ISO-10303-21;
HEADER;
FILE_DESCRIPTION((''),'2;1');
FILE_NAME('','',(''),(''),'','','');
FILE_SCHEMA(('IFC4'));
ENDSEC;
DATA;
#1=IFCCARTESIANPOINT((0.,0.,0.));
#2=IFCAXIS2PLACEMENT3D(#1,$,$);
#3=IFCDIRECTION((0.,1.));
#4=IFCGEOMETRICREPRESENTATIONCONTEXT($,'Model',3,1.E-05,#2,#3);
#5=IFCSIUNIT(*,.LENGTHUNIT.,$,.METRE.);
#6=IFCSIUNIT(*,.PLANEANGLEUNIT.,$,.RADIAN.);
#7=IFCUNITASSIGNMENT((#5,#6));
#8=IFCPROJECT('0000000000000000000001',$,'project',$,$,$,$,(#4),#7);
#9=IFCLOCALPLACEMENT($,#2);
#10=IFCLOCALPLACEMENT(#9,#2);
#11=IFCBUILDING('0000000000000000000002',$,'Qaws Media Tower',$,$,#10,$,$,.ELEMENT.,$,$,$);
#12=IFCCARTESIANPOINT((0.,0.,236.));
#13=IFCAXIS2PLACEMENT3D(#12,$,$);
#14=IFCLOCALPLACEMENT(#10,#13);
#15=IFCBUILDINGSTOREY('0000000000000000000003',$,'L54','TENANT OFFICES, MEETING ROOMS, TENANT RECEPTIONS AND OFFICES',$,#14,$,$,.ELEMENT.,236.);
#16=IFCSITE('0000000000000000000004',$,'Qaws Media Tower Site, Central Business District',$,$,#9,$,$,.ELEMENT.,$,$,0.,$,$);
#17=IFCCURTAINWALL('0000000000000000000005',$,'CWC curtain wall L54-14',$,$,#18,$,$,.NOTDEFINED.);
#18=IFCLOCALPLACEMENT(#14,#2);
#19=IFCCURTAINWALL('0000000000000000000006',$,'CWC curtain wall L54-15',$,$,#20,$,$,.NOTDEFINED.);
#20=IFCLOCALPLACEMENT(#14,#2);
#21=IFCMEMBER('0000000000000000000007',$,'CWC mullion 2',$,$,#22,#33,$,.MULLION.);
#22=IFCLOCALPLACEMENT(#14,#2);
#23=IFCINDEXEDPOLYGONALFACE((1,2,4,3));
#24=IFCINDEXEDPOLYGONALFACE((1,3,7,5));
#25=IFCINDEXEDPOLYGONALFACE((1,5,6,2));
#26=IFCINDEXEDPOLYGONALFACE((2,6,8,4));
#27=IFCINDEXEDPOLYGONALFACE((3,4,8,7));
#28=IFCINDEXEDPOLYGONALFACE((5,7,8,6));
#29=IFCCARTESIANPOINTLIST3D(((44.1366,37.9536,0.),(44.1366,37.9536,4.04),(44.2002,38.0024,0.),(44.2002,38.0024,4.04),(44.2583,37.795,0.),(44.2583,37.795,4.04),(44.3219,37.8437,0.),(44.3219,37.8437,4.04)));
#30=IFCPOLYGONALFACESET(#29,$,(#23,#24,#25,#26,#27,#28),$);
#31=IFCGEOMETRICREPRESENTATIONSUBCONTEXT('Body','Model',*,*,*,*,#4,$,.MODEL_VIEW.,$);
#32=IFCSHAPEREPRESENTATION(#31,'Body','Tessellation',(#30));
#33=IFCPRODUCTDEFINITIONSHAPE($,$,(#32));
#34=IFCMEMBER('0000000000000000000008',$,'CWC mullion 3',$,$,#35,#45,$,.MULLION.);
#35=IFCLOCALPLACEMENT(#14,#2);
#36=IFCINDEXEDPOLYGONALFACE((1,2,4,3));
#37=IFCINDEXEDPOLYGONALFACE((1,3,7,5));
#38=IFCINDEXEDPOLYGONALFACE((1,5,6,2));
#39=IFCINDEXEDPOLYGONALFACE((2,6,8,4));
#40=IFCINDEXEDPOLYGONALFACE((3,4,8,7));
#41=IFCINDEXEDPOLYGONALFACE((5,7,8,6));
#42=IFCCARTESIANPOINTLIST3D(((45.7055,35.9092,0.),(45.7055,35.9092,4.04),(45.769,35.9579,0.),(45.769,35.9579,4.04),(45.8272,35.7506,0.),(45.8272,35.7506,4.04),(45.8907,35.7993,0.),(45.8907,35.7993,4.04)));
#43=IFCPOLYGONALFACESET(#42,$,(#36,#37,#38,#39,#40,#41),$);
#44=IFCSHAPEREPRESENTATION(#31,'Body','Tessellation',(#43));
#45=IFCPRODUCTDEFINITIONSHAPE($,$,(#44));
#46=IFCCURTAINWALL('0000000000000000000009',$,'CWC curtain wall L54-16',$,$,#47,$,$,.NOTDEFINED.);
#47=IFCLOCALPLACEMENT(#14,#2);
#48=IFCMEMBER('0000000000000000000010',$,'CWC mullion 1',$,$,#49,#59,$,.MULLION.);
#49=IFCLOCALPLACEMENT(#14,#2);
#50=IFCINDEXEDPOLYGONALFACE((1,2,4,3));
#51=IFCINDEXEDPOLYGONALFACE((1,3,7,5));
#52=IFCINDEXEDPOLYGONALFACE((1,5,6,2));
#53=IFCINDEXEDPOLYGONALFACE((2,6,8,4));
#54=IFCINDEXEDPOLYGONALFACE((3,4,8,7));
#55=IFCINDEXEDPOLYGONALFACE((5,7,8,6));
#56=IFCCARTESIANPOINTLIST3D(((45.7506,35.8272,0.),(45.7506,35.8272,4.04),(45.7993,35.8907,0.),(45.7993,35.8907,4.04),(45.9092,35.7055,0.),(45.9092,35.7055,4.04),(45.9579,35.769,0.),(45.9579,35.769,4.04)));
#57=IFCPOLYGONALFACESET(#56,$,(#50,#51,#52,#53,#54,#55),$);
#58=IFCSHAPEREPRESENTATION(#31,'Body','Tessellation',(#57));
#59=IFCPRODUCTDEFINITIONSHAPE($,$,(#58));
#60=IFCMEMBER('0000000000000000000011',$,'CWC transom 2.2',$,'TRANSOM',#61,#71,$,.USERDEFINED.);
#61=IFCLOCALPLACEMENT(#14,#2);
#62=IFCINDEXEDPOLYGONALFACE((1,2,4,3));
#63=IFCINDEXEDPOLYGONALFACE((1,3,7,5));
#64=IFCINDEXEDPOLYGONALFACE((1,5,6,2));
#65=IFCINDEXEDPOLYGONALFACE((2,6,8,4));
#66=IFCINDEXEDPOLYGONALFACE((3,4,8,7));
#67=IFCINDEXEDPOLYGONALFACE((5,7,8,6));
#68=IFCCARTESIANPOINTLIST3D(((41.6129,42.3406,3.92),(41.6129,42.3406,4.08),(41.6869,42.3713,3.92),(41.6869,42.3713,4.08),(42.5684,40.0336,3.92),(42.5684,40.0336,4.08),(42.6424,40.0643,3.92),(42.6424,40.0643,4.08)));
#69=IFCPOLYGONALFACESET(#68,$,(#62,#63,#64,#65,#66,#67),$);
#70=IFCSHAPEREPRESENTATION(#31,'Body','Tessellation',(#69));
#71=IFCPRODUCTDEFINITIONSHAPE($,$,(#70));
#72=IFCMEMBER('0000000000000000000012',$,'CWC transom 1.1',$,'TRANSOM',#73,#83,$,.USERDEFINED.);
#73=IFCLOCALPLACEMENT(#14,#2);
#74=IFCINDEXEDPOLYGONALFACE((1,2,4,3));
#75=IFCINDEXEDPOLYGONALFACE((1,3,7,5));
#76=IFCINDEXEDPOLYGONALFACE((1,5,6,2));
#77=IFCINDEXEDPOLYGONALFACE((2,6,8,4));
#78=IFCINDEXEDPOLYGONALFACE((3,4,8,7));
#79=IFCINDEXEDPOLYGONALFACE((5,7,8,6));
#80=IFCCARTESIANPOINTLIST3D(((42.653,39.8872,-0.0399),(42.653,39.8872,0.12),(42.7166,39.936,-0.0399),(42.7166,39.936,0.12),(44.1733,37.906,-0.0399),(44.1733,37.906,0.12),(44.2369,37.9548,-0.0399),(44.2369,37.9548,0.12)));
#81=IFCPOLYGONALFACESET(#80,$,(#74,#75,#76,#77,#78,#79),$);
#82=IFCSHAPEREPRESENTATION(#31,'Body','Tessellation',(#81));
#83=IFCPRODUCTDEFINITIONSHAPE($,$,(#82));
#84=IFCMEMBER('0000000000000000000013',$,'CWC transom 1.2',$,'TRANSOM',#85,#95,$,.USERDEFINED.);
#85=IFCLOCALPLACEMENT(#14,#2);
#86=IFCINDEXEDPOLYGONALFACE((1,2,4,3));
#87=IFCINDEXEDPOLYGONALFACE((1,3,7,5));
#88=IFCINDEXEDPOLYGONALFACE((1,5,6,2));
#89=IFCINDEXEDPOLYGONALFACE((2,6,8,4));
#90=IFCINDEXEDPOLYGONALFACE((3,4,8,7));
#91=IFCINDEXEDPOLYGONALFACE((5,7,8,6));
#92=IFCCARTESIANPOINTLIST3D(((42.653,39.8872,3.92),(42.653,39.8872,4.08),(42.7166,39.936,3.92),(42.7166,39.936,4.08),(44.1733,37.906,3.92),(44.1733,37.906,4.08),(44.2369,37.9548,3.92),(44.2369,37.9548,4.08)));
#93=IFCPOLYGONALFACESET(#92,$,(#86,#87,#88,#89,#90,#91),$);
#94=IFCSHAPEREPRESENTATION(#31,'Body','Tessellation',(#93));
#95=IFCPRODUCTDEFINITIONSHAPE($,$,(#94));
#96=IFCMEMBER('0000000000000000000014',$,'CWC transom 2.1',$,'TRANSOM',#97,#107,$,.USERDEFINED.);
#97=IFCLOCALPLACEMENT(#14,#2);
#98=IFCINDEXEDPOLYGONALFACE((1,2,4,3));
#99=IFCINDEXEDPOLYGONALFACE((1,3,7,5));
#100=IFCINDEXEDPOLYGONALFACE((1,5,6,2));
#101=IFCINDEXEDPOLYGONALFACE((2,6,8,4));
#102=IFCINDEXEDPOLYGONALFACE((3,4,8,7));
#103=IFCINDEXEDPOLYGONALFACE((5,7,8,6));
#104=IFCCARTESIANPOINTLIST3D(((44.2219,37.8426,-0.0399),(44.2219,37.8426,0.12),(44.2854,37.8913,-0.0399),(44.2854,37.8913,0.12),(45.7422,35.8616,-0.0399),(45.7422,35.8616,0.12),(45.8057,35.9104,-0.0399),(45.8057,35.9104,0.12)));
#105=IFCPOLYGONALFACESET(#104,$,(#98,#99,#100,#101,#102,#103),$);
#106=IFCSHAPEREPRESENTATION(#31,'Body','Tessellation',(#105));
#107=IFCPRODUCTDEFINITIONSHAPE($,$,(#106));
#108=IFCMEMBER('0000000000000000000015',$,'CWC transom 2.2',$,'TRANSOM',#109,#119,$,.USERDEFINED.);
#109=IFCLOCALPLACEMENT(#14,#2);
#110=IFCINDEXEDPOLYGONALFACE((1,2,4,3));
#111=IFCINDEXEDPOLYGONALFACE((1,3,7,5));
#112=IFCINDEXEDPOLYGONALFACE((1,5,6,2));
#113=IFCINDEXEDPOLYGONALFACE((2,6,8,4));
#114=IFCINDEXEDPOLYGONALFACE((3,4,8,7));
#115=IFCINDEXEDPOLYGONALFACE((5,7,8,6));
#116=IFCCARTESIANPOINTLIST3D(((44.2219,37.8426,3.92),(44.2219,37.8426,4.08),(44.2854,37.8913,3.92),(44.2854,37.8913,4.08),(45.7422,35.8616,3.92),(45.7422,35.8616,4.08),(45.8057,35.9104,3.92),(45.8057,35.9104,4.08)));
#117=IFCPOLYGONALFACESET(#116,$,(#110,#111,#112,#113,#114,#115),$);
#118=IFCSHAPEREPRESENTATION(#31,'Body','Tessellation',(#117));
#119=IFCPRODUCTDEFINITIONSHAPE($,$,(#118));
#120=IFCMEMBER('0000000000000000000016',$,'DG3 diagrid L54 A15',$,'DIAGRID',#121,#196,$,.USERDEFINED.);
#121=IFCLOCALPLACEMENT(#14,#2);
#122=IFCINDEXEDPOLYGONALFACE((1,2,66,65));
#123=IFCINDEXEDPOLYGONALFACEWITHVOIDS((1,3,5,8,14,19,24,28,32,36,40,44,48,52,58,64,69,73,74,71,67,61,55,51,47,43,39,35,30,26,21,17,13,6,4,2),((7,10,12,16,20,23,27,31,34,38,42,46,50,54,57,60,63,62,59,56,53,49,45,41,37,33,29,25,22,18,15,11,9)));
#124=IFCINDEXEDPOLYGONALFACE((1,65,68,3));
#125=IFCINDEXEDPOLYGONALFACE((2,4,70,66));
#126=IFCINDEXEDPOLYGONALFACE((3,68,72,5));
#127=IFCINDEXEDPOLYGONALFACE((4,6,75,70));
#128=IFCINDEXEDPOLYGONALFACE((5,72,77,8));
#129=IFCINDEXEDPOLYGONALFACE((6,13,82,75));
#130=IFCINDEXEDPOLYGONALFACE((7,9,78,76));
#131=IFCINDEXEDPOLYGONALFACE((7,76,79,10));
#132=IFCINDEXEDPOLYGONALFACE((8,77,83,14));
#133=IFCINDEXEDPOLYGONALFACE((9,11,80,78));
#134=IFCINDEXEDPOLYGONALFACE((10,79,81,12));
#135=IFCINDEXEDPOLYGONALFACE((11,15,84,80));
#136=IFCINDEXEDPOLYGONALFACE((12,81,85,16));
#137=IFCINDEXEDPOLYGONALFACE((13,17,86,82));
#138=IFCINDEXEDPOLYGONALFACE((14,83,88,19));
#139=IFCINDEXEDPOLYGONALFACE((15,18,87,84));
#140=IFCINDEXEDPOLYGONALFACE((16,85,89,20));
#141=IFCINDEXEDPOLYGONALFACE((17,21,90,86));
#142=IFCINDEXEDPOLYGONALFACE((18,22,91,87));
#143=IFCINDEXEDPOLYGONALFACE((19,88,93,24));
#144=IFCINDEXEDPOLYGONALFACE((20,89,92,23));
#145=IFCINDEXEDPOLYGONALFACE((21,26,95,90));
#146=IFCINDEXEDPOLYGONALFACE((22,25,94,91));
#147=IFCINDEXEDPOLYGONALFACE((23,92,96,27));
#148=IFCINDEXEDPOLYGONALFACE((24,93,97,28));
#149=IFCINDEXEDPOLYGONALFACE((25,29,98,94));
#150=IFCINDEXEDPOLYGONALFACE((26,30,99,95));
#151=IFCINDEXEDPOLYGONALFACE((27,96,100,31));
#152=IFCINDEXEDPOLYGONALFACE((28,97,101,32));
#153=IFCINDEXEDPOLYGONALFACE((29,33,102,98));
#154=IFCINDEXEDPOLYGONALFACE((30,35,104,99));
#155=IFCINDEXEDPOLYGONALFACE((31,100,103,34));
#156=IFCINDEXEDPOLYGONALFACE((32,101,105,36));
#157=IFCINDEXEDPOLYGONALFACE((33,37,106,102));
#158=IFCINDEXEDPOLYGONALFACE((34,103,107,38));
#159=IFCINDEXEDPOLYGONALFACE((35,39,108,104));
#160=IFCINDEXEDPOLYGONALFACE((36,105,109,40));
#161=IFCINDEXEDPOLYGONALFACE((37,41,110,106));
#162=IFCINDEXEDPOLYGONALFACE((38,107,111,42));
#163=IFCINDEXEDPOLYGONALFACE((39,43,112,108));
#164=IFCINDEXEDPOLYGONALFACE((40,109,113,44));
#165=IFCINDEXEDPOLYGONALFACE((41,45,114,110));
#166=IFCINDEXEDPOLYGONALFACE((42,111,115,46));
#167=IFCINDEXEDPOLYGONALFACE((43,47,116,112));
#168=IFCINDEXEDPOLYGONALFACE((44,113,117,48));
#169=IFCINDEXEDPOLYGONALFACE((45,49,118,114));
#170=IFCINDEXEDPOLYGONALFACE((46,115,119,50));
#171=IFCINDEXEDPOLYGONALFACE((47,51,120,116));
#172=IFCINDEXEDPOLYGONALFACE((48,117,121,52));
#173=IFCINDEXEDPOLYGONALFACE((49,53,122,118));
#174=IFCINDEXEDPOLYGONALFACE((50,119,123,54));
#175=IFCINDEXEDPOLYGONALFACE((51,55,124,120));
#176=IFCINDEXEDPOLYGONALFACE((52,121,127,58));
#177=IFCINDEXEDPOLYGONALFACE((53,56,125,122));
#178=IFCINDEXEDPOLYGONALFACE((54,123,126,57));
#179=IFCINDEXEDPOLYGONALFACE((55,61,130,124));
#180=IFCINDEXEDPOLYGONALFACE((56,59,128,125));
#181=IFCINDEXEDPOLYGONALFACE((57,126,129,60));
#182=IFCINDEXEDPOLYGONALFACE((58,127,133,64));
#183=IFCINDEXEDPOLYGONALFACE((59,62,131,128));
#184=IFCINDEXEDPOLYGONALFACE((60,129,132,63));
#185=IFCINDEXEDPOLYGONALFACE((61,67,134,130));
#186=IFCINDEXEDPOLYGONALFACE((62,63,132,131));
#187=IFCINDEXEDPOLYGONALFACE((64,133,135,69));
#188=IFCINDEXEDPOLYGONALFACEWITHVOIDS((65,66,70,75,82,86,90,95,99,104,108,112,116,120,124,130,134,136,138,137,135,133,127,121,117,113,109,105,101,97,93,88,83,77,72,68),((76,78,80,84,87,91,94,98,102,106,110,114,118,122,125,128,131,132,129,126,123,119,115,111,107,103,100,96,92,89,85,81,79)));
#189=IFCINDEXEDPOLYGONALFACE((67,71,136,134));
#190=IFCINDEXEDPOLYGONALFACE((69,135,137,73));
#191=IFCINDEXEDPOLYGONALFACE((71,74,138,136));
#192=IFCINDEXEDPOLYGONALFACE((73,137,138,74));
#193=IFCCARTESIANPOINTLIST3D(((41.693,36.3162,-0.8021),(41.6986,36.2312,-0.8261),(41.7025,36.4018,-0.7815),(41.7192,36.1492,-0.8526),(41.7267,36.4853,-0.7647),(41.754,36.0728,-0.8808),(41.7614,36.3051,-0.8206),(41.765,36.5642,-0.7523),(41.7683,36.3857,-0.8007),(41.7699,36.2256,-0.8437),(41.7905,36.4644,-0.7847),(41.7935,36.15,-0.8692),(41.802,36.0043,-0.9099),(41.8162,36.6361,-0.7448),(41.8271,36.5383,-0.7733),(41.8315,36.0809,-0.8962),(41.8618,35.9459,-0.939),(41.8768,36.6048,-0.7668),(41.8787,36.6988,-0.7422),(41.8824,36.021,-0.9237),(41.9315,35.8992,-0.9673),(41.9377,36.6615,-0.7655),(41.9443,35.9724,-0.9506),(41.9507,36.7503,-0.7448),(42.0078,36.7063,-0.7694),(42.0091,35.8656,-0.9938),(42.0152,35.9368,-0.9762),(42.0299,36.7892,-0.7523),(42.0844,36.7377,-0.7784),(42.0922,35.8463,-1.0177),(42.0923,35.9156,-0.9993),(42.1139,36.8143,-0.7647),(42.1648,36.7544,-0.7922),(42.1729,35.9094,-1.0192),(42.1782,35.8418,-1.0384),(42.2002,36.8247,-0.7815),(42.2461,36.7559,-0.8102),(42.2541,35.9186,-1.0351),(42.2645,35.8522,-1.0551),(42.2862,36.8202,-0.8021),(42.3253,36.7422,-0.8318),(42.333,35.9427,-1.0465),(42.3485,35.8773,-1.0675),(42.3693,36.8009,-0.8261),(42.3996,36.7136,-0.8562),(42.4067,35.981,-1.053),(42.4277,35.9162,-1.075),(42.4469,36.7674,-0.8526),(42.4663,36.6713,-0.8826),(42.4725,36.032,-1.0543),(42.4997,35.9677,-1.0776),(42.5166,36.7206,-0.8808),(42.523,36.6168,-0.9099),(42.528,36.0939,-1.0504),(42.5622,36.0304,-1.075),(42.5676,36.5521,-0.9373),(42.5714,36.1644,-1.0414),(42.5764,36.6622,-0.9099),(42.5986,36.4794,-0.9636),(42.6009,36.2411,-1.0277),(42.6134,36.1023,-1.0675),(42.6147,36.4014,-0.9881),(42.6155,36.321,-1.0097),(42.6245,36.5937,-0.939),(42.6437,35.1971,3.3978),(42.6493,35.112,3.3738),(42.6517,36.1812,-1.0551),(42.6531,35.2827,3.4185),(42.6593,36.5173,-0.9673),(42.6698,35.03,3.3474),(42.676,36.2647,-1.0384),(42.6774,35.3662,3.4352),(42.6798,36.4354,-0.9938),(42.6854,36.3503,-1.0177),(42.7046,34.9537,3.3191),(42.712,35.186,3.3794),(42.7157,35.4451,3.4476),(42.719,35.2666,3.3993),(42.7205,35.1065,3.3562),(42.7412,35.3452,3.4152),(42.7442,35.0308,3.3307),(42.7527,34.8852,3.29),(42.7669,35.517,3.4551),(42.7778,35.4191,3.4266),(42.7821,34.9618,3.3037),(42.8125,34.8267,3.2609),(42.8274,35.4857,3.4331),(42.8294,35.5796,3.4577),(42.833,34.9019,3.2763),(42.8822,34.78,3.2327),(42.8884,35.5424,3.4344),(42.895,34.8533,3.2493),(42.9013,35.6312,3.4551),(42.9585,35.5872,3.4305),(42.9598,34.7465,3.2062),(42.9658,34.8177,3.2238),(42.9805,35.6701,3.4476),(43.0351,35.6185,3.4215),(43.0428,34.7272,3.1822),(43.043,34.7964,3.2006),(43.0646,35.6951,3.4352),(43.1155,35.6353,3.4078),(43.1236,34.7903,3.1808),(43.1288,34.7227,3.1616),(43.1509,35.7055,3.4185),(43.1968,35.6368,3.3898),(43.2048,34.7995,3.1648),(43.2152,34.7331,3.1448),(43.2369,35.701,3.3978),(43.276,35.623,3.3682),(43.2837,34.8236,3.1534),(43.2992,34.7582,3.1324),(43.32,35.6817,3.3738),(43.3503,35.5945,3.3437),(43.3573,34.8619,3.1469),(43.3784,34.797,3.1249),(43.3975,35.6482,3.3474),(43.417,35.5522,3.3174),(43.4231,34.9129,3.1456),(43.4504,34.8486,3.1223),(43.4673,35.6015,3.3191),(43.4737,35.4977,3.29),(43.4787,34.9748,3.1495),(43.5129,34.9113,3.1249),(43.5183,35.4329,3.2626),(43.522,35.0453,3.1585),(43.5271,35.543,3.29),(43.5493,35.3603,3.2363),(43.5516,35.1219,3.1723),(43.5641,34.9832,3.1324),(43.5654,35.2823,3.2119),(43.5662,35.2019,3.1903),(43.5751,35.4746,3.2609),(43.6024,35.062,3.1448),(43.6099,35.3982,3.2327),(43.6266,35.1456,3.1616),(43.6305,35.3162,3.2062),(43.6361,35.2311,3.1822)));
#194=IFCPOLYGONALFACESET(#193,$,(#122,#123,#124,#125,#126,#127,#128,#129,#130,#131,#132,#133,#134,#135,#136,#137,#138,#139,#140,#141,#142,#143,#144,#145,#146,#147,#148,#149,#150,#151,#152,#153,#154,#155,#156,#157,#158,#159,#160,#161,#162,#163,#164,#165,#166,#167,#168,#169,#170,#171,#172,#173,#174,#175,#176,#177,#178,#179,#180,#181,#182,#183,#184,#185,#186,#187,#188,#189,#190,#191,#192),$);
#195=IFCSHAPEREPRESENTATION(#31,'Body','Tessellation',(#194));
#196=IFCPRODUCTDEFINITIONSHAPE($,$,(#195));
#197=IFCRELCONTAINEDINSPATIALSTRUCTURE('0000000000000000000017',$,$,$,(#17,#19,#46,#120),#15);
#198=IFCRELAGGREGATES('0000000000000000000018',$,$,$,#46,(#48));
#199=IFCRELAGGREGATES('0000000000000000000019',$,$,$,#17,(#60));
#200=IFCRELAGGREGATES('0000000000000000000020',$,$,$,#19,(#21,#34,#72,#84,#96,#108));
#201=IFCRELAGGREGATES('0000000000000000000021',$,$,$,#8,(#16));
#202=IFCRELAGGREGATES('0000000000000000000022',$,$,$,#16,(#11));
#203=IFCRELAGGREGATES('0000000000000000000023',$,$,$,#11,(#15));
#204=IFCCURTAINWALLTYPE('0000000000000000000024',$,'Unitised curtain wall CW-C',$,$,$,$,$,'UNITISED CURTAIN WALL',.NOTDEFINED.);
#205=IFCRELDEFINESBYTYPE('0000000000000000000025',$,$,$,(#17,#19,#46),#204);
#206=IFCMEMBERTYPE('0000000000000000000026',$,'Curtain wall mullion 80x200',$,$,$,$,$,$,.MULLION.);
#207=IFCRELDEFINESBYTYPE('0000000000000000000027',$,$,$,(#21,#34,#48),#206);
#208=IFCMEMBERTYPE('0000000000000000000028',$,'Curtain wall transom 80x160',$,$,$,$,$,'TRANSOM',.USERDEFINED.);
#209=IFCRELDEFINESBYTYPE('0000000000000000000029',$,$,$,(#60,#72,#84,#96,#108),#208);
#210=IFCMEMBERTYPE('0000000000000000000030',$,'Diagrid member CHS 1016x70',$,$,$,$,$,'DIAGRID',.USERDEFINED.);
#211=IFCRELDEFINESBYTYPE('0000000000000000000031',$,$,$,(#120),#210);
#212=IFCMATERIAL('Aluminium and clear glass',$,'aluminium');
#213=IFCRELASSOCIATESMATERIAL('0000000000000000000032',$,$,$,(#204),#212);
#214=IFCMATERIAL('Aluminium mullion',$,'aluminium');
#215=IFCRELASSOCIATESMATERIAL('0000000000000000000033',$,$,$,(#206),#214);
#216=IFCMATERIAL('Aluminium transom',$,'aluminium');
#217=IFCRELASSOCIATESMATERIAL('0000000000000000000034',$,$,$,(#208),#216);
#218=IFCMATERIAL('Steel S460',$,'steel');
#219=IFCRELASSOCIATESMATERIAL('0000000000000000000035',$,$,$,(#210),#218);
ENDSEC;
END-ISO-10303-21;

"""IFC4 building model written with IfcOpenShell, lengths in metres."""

from ifc_helpers import new_model, si_unit, direction, frame, origin, origin_2d, place, context, subcontext, project, spatial, rectangle, hollow_circle, extrude, material, material_profile, profile_set, type_object, element, aggregate, save


model = new_model("IFC4")

# Units and contexts
model_context = context("Model", 3, precision=1e-05, world=origin(), true_north=direction((0.0, 1.0)))
body_context = subcontext(model_context, "Body", "Model", "MODEL_VIEW")
ifc_project = project(units=[si_unit("LENGTHUNIT", "METRE"), si_unit("PLANEANGLEUNIT", "RADIAN")], contexts=[model_context])

# Site, building, storey
site_placement = place(None, origin())
site = spatial("IfcSite", under=ifc_project, at=site_placement, Name="Qaws Media Tower Site, Central Business District", CompositionType="ELEMENT", RefElevation=0.0)
building_placement = place(site_placement, origin())
building = spatial("IfcBuilding", under=site, at=building_placement, Name="Qaws Media Tower", CompositionType="ELEMENT")
storey_placement = place(building_placement, frame((0.0, 0.0, 236.0)))
storey = spatial("IfcBuildingStorey", under=building, at=storey_placement, Name="L54", Description="TENANT OFFICES, MEETING ROOMS, TENANT RECEPTIONS AND OFFICES", CompositionType="ELEMENT", Elevation=236.0)

# Curtain wall
ifc_material_1 = material(Name="Aluminium and clear glass", Category="aluminium")
curtain_wall_type = type_object("IfcCurtainWallType", Name="Unitised curtain wall CW-C", ElementType="UNITISED CURTAIN WALL", PredefinedType="NOTDEFINED", material=ifc_material_1)
curtain_wall_1_placement = place(storey_placement, origin())
curtain_wall_1 = element("IfcCurtainWall", 1, at=curtain_wall_1_placement, inside=storey, type_object=curtain_wall_type, Name="CWC curtain wall L54-14", PredefinedType="NOTDEFINED")
ifc_material_2 = material(Name="Aluminium mullion", Category="aluminium")
ifc_material_profile_1 = material_profile(ifc_material_2, rectangle(XDim=0.0801, YDim=0.2, at=origin_2d()), Name="80x200")
ifc_profile_set_1 = profile_set([ifc_material_profile_1], Name="Aluminium mullion")
member_type_1 = type_object("IfcMemberType", Name="Curtain wall mullion 80x200", PredefinedType="MULLION", material=ifc_profile_set_1)

# Curtain wall, members
curtain_wall_2_placement = place(storey_placement, origin())
curtain_wall_2 = element("IfcCurtainWall", 2, at=curtain_wall_2_placement, inside=storey, type_object=curtain_wall_type, Name="CWC curtain wall L54-15", PredefinedType="NOTDEFINED")
member_1_placement = place(storey_placement, frame((44.2292, 37.8987, 0.0), z_axis=(0.0, 0.0, 1.0), x_axis=(0.793353, 0.608761, 0.0)))
member_1 = element("IfcMember", 3, at=member_1_placement, type_object=member_type_1, Name="CWC mullion 2", PredefinedType="MULLION", context=body_context, shape_type="SweptSolid", body=[
    extrude(rectangle(XDim=0.0801, YDim=0.2, at=origin_2d()), origin(), (0.0, 0.0, 1.0), 4.04),
])
member_2_placement = place(storey_placement, frame((45.7981, 35.8542, 0.0), z_axis=(0.0, 0.0, 1.0), x_axis=(0.793353, 0.608761, 0.0)))
member_2 = element("IfcMember", 4, at=member_2_placement, type_object=member_type_1, Name="CWC mullion 3", PredefinedType="MULLION", context=body_context, shape_type="SweptSolid", body=[
    extrude(rectangle(XDim=0.0801, YDim=0.2, at=origin_2d()), origin(), (0.0, 0.0, 1.0), 4.04),
])

# Curtain wall, member
curtain_wall_3_placement = place(storey_placement, origin())
curtain_wall_3 = element("IfcCurtainWall", 5, at=curtain_wall_3_placement, inside=storey, type_object=curtain_wall_type, Name="CWC curtain wall L54-16", PredefinedType="NOTDEFINED")
member_3_placement = place(storey_placement, frame((45.8542, 35.7981, 0.0), z_axis=(0.0, 0.0, 1.0), x_axis=(0.608761, 0.793353, 0.0)))
member_3 = element("IfcMember", 6, at=member_3_placement, type_object=member_type_1, Name="CWC mullion 1", PredefinedType="MULLION", context=body_context, shape_type="SweptSolid", body=[
    extrude(rectangle(XDim=0.0801, YDim=0.2, at=origin_2d()), origin(), (0.0, 0.0, 1.0), 4.04),
])
aggregate(curtain_wall_3, [member_3])

# Members
ifc_material_3 = material(Name="Aluminium transom", Category="aluminium")
ifc_material_profile_2 = material_profile(ifc_material_3, rectangle(XDim=0.0801, YDim=0.1599, at=origin_2d()), Name="80x160")
ifc_profile_set_2 = profile_set([ifc_material_profile_2], Name="Aluminium transom")
member_type_2 = type_object("IfcMemberType", Name="Curtain wall transom 80x160", ElementType="TRANSOM", PredefinedType="USERDEFINED", material=ifc_profile_set_2)
member_4_placement = place(storey_placement, frame((41.6499, 42.356, 4.0), z_axis=(0.382657, -0.923891, 0.0), x_axis=(0.923891, 0.382657, 0.0)))
member_4 = element("IfcMember", 7, at=member_4_placement, type_object=member_type_2, Name="CWC transom 2.2", ObjectType="TRANSOM", PredefinedType="USERDEFINED", context=body_context, shape_type="SweptSolid", body=[
    extrude(rectangle(XDim=0.0801, YDim=0.1599, at=origin_2d()), origin(), (0.0, 0.0, 1.0), 2.4971),
])
member_5_placement = place(storey_placement, frame((42.6848, 39.9116, 0.04), z_axis=(0.60877, -0.793347, 0.0), x_axis=(0.793347, 0.60877, 0.0)))
member_5 = element("IfcMember", 8, at=member_5_placement, type_object=member_type_2, Name="CWC transom 1.1", ObjectType="TRANSOM", PredefinedType="USERDEFINED", context=body_context, shape_type="SweptSolid", body=[
    extrude(rectangle(XDim=0.0801, YDim=0.1599, at=origin_2d()), origin(), (0.0, 0.0, 1.0), 2.4973),
])
member_6_placement = place(storey_placement, frame((42.6848, 39.9116, 4.0), z_axis=(0.60877, -0.793347, 0.0), x_axis=(0.793347, 0.60877, 0.0)))
member_6 = element("IfcMember", 9, at=member_6_placement, type_object=member_type_2, Name="CWC transom 1.2", ObjectType="TRANSOM", PredefinedType="USERDEFINED", context=body_context, shape_type="SweptSolid", body=[
    extrude(rectangle(XDim=0.0801, YDim=0.1599, at=origin_2d()), origin(), (0.0, 0.0, 1.0), 2.4973),
])
member_7_placement = place(storey_placement, frame((44.2537, 37.8669, 0.04), z_axis=(0.608817, -0.79331, 0.0), x_axis=(0.79331, 0.608817, 0.0)))
member_7 = element("IfcMember", 10, at=member_7_placement, type_object=member_type_2, Name="CWC transom 2.1", ObjectType="TRANSOM", PredefinedType="USERDEFINED", context=body_context, shape_type="SweptSolid", body=[
    extrude(rectangle(XDim=0.0801, YDim=0.1599, at=origin_2d()), origin(), (0.0, 0.0, 1.0), 2.4971),
])
member_8_placement = place(storey_placement, frame((44.2537, 37.8669, 4.0), z_axis=(0.608817, -0.79331, 0.0), x_axis=(0.79331, 0.608817, 0.0)))
member_8 = element("IfcMember", 11, at=member_8_placement, type_object=member_type_2, Name="CWC transom 2.2", ObjectType="TRANSOM", PredefinedType="USERDEFINED", context=body_context, shape_type="SweptSolid", body=[
    extrude(rectangle(XDim=0.0801, YDim=0.1599, at=origin_2d()), origin(), (0.0, 0.0, 1.0), 2.4971),
])

# Member
ifc_material_4 = material(Name="Steel S460", Category="steel")
ifc_material_profile_3 = material_profile(ifc_material_4, hollow_circle(Radius=0.5081, WallThickness=0.0701, at=origin_2d()), Name="CHS 1016x70")
ifc_profile_set_3 = profile_set([ifc_material_profile_3], Name="Steel S460")
member_type_3 = type_object("IfcMemberType", Name="Diagrid member CHS 1016x70", ElementType="DIAGRID", PredefinedType="USERDEFINED", material=ifc_profile_set_3)
for number, where, z_axis, x_axis, name in (
    (12, (42.1892, 36.3333, -0.9099), (0.213673, -0.251534, 0.943967), (0.762136, 0.647417, 0.0), "DG3 diagrid L54 A15"),
):
    element("IfcMember", number, at=place(storey_placement, frame(where, z_axis=z_axis, x_axis=x_axis)), inside=storey, type_object=member_type_3, Name=name, ObjectType="DIAGRID", PredefinedType="USERDEFINED", context=body_context, shape_type="SweptSolid", body=[
        extrude(hollow_circle(Radius=0.5081, WallThickness=0.0701, at=origin_2d()), origin(), (0.0, 0.0, 1.0), 4.4492),
    ])

aggregate(curtain_wall_1, [member_4])
aggregate(curtain_wall_2, [member_1, member_2, member_5, member_6, member_7, member_8])

save(model, "model.ifc")
